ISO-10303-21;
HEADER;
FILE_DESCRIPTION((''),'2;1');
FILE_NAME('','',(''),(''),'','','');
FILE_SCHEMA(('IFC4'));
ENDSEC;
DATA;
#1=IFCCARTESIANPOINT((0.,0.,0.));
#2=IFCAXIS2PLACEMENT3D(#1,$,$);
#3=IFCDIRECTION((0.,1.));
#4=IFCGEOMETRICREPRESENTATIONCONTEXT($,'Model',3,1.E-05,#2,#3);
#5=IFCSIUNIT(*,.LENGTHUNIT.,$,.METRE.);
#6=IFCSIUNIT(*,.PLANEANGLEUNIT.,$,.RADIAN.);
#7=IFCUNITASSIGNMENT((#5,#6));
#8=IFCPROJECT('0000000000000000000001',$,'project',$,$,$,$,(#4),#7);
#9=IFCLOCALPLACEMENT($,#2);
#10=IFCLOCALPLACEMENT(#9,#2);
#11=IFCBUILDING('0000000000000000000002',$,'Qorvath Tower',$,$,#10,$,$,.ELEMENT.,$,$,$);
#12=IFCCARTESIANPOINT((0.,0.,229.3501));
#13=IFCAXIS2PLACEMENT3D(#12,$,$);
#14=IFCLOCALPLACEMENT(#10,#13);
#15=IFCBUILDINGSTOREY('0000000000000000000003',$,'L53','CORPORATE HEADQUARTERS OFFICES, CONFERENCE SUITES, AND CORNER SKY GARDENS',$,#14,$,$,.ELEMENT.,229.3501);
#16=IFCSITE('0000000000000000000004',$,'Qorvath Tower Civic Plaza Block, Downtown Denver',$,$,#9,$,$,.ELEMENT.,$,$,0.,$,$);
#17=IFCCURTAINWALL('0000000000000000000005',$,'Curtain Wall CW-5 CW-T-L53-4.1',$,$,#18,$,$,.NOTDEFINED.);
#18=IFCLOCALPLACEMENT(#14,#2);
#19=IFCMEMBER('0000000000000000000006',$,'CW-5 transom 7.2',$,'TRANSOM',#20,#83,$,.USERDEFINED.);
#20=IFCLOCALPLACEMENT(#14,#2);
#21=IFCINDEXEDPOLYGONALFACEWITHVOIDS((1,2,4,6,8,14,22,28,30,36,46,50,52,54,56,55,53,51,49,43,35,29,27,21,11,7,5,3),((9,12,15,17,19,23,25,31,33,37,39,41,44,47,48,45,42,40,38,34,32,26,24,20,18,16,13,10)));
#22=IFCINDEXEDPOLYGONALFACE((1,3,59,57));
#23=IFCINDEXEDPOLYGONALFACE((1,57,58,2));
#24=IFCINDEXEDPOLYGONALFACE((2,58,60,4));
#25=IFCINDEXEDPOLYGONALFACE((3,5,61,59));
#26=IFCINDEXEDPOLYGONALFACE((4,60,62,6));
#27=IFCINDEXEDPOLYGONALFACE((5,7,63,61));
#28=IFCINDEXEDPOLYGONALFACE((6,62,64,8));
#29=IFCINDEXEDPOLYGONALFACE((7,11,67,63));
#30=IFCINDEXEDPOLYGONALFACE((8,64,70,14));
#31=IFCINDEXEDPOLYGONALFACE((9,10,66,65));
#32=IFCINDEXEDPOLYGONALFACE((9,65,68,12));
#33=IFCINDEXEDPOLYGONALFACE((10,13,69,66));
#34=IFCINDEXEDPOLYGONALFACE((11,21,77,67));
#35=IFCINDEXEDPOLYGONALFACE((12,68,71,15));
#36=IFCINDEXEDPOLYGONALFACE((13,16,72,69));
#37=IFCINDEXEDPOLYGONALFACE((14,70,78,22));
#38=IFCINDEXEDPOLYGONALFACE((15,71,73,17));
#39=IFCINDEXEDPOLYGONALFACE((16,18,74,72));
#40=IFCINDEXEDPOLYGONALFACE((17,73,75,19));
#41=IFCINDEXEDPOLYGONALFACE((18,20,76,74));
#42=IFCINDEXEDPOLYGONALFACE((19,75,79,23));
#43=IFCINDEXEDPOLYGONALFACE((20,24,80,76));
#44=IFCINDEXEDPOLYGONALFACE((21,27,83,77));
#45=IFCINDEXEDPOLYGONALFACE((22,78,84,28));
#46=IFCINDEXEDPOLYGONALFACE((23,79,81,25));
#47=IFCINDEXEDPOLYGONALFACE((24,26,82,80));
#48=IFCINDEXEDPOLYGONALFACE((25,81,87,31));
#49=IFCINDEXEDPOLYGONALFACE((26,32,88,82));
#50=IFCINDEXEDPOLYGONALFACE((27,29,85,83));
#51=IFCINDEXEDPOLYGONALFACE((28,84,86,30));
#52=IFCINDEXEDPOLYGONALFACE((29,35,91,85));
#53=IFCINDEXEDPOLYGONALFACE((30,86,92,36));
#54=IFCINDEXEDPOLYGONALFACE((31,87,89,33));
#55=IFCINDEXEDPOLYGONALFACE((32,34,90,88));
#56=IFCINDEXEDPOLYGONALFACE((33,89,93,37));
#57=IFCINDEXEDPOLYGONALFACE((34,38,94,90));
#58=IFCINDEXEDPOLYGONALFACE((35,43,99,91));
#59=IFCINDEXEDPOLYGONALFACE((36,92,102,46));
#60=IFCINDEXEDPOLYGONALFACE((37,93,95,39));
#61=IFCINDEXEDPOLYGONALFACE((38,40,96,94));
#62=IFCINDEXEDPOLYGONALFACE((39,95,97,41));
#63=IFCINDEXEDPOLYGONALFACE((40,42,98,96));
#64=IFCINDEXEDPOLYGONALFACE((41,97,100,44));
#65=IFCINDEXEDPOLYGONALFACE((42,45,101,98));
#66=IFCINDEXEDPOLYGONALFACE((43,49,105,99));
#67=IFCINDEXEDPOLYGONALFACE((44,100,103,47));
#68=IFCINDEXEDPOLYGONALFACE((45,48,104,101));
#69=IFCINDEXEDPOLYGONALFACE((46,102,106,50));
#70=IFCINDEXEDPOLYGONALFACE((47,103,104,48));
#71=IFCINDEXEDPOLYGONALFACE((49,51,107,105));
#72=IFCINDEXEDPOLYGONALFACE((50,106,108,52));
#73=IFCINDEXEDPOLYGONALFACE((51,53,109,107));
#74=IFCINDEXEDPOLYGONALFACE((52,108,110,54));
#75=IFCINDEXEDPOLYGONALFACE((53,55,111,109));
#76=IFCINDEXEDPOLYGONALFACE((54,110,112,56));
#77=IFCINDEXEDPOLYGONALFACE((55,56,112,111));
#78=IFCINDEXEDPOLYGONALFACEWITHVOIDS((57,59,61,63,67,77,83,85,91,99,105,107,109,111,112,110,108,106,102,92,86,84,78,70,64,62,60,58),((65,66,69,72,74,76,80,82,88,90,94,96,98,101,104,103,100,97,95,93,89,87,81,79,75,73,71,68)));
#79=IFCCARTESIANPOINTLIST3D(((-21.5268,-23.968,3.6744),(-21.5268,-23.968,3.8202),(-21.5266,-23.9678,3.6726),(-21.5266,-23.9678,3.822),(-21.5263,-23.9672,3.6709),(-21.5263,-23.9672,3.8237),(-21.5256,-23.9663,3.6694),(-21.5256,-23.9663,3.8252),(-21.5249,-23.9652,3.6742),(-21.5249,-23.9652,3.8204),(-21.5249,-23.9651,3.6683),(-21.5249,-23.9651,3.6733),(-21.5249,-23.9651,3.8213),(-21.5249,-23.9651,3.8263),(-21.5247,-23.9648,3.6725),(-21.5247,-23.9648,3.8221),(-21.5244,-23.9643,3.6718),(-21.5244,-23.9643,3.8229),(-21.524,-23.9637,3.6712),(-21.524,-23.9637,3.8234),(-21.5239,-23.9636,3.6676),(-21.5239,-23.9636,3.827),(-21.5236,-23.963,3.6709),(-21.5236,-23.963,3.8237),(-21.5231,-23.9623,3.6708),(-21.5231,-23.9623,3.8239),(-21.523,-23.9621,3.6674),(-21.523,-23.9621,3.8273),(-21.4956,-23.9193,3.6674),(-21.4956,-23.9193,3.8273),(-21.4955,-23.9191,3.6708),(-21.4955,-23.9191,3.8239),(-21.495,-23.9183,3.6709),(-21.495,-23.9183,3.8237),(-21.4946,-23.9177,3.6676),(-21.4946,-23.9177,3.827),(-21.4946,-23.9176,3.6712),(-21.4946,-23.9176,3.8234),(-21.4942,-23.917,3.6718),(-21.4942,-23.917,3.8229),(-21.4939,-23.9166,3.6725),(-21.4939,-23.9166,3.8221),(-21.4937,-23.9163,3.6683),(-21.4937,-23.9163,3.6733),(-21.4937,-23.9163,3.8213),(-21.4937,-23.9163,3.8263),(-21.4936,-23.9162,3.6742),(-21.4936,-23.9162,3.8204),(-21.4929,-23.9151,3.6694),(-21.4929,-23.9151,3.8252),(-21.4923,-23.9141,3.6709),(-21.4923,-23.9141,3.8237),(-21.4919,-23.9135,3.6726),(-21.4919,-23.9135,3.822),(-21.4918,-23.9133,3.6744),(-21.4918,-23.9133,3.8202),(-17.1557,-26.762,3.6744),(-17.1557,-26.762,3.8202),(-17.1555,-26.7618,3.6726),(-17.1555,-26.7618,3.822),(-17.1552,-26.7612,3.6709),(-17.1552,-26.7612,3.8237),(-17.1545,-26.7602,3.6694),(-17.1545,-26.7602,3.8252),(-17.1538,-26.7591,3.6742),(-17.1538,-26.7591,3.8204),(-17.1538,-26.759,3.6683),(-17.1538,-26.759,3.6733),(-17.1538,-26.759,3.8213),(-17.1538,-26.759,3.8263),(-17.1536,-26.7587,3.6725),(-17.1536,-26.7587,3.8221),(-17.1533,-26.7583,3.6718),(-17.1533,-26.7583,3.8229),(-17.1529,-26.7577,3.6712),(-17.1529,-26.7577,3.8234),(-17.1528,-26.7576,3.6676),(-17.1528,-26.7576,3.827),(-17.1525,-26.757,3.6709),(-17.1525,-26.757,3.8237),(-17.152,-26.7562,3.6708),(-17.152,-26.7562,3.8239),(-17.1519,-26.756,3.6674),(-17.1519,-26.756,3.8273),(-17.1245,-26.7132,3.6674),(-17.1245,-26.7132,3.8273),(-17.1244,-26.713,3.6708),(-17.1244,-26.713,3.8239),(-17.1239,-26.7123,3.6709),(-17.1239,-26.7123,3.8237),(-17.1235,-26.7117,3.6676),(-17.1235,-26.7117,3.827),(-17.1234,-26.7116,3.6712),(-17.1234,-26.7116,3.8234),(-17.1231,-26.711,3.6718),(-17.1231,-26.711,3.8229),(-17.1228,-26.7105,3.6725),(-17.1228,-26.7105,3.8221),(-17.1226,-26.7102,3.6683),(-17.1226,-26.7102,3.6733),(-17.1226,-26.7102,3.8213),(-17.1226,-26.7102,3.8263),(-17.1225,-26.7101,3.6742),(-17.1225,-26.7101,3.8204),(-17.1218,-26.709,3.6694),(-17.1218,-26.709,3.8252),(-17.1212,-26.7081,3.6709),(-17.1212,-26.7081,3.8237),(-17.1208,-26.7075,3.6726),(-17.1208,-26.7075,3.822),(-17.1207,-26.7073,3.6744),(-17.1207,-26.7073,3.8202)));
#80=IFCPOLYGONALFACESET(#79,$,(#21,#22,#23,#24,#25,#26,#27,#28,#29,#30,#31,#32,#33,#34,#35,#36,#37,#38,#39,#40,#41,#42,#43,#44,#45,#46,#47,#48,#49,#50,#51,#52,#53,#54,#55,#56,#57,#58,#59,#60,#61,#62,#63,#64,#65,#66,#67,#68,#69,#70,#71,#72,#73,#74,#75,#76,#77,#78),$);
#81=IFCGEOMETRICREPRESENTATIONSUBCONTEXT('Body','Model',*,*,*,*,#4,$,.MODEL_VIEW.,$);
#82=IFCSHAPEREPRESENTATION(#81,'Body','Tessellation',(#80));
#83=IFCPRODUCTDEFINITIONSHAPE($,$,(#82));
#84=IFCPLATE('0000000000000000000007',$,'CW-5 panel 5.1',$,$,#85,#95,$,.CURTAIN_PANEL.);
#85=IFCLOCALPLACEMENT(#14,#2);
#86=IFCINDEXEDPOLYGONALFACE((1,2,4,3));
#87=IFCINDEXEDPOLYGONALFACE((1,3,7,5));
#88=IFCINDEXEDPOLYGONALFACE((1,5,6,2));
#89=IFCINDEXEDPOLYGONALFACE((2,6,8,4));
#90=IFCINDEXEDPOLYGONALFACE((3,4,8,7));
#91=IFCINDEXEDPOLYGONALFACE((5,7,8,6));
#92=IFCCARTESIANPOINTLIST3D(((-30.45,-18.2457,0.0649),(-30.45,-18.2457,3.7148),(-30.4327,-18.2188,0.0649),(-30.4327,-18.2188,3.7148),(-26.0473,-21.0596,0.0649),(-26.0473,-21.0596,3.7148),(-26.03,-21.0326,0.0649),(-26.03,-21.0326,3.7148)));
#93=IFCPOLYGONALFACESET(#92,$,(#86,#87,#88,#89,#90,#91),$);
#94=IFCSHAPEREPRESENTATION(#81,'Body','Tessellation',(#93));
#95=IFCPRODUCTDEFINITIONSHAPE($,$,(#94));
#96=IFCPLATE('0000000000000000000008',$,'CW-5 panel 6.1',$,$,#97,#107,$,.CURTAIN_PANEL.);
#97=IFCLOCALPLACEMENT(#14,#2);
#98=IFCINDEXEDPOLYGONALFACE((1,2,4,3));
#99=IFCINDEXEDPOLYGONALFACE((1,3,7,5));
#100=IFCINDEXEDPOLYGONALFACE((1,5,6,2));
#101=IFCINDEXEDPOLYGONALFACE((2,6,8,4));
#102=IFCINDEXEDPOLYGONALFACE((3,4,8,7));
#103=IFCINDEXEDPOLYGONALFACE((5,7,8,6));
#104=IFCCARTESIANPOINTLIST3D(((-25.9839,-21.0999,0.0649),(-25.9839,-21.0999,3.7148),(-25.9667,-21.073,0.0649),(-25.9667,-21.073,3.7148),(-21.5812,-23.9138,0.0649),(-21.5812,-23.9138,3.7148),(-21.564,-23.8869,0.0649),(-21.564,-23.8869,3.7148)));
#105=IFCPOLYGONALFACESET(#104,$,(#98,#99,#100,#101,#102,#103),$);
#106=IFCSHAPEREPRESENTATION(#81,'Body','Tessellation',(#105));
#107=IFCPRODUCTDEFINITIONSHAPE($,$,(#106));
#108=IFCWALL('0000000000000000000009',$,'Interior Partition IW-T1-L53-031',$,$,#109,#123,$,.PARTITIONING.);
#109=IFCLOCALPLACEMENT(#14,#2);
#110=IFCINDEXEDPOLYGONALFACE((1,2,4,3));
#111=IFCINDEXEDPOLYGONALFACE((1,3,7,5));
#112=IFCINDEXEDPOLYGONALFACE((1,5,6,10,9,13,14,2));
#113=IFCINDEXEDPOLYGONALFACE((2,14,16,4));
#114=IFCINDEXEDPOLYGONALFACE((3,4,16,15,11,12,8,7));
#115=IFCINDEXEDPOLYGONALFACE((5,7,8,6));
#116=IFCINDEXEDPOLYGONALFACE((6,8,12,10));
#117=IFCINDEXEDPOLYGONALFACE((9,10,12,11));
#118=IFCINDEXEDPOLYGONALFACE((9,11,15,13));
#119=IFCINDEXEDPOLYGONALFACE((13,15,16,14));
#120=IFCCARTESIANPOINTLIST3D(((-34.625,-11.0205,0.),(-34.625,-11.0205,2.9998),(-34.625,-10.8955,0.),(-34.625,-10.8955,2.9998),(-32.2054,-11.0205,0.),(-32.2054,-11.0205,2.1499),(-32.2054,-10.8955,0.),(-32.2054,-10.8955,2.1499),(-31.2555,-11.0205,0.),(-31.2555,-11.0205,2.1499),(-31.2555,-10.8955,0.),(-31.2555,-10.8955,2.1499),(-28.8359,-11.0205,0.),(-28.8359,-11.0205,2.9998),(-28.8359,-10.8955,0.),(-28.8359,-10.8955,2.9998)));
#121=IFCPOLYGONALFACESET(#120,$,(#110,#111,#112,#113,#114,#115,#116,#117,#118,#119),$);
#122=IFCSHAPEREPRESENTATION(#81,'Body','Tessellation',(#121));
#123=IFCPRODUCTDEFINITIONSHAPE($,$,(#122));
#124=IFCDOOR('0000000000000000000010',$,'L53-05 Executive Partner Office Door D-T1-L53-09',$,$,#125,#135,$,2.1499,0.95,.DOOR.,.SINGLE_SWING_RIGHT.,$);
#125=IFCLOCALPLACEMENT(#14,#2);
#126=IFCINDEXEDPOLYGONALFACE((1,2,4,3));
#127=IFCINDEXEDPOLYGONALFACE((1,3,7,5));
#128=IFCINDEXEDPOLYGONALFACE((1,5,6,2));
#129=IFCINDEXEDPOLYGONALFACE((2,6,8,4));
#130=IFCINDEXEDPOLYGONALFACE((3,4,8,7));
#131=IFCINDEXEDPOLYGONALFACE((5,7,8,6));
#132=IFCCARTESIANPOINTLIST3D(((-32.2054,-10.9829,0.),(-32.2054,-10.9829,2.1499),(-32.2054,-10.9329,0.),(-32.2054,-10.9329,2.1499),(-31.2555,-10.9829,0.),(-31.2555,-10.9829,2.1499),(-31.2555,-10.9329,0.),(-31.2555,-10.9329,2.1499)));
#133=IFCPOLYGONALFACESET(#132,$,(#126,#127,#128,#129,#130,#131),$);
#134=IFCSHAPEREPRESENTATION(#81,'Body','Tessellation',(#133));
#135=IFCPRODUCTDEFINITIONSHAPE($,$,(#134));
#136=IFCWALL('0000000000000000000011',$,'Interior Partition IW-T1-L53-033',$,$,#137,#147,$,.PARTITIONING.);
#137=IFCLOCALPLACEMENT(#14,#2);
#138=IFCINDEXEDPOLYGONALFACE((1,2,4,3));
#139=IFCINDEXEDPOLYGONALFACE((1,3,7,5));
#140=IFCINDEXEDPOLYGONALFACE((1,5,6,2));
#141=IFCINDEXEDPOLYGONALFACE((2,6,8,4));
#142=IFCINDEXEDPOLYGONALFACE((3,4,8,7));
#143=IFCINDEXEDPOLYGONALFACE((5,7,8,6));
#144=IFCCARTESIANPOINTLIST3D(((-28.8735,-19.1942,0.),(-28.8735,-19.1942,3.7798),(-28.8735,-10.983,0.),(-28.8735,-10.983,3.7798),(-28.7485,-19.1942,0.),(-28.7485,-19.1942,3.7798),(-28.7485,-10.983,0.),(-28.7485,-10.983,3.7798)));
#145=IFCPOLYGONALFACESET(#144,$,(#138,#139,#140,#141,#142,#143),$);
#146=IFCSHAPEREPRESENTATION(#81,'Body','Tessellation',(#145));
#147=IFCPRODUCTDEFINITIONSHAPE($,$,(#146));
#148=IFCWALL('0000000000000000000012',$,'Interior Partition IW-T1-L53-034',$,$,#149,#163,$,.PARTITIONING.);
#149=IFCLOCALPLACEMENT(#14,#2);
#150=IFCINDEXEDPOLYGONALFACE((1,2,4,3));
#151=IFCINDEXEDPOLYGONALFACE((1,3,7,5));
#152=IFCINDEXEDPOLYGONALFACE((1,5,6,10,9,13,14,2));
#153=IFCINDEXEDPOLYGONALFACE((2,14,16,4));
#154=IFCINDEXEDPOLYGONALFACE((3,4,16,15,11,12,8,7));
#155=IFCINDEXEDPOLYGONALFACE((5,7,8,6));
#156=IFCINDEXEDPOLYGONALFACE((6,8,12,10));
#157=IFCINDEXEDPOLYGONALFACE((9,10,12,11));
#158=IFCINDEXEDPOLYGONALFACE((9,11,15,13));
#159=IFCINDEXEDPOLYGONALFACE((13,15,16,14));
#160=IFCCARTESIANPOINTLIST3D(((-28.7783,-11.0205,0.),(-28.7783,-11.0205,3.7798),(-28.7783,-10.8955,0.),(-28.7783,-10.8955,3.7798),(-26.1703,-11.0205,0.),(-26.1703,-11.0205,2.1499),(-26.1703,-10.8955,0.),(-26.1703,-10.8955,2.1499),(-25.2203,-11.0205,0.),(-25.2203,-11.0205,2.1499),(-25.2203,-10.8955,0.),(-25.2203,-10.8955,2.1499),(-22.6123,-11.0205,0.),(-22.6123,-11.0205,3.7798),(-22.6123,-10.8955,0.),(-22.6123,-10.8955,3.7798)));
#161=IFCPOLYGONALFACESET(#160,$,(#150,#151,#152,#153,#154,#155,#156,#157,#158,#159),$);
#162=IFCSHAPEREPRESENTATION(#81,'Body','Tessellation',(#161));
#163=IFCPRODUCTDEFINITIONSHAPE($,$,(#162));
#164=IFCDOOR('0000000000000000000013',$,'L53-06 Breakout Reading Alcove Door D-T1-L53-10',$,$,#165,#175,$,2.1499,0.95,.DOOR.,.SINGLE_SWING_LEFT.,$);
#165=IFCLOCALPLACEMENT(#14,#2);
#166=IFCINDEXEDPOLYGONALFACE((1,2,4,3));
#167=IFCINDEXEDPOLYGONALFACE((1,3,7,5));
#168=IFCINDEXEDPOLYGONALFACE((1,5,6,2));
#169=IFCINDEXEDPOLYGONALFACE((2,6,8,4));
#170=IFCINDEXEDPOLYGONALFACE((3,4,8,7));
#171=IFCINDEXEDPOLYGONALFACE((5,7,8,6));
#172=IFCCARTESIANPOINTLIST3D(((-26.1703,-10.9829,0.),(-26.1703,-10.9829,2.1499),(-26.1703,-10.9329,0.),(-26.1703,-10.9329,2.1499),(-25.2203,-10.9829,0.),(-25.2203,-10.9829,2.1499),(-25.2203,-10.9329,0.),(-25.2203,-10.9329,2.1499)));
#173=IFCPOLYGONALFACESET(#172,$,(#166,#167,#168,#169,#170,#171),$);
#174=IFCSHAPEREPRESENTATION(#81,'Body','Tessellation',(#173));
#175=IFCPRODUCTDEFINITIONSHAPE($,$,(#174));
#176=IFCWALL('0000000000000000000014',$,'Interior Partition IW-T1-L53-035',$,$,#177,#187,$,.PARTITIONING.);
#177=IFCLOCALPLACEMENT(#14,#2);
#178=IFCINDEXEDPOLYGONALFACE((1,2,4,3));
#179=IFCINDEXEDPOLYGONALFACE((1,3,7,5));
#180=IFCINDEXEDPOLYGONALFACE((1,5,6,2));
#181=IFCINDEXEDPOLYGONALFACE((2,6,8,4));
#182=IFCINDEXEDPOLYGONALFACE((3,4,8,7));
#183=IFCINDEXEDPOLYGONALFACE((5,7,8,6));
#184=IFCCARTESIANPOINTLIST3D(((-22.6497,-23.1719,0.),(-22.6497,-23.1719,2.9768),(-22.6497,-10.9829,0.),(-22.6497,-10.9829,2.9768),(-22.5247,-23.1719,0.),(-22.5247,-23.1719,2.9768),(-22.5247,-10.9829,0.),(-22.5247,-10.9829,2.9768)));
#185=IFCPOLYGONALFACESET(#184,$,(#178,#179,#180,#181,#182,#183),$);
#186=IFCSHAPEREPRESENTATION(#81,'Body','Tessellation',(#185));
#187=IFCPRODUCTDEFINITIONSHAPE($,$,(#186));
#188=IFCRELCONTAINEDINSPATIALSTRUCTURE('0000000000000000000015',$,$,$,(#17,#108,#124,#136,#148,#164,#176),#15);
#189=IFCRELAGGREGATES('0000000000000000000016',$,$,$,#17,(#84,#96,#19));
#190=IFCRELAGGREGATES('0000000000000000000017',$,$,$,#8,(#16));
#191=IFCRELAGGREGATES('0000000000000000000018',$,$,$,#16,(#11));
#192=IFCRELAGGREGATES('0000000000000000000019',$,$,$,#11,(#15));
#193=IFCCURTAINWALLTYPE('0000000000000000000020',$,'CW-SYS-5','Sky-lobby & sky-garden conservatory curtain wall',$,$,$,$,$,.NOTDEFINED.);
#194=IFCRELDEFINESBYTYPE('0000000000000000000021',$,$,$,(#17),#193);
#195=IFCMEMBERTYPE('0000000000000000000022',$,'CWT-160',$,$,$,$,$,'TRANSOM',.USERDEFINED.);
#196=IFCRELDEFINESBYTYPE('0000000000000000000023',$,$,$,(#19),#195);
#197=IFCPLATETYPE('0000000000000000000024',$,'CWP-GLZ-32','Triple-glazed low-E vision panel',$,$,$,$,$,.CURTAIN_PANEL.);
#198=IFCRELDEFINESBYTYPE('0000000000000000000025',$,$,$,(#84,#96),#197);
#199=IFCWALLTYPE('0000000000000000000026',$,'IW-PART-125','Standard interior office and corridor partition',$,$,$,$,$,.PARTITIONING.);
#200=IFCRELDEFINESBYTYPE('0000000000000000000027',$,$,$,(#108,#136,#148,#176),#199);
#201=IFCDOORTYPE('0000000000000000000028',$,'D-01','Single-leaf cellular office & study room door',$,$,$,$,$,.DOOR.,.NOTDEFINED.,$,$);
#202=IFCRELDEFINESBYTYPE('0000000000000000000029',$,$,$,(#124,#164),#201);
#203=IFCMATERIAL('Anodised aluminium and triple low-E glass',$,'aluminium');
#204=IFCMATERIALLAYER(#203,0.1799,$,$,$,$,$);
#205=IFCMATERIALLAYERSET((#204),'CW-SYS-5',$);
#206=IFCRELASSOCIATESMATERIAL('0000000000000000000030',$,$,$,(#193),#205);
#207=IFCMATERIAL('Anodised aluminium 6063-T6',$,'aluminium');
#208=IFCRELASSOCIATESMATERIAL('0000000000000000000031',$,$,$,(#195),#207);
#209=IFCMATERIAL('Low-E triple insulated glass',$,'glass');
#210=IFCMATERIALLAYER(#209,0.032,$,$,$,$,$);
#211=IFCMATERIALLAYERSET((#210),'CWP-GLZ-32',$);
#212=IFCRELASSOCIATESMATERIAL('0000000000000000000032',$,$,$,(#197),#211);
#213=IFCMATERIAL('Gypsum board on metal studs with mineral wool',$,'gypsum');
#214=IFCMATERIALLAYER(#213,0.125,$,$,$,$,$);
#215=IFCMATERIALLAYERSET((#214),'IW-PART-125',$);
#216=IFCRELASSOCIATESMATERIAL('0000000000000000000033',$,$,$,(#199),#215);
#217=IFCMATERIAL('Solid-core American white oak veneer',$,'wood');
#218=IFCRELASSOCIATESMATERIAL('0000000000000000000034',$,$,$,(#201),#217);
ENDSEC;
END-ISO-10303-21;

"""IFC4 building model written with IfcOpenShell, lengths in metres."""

from ifc_helpers import new_model, si_unit, direction, frame, frame_2d, origin, origin_2d, place, context, subcontext, project, spatial, rectangle, hollow_rectangle, extrude, material, layer, layer_set, material_profile, profile_set, type_object, element, fill, aggregate, save


model = new_model("IFC4")

# Units and contexts
model_context = context("Model", 3, precision=1e-05, world=origin(), true_north=direction((0.0, 1.0)))
body_context = subcontext(model_context, "Body", "Model", "MODEL_VIEW")
ifc_project = project(units=[si_unit("LENGTHUNIT", "METRE"), si_unit("PLANEANGLEUNIT", "RADIAN")], contexts=[model_context])

# Site, building, storey
site_placement = place(None, origin())
site = spatial("IfcSite", under=ifc_project, at=site_placement, Name="Qorvath Tower Civic Plaza Block, Downtown Denver", CompositionType="ELEMENT", RefElevation=0.0)
building_placement = place(site_placement, origin())
building = spatial("IfcBuilding", under=site, at=building_placement, Name="Qorvath Tower", CompositionType="ELEMENT")
storey_placement = place(building_placement, frame((0.0, 0.0, 229.3501)))
storey = spatial("IfcBuildingStorey", under=building, at=storey_placement, Name="L53", Description="CORPORATE HEADQUARTERS OFFICES, CONFERENCE SUITES, AND CORNER SKY GARDENS", CompositionType="ELEMENT", Elevation=229.3501)

# Curtain wall, member, plates
ifc_material_1 = material(Name="Anodised aluminium and triple low-E glass", Category="aluminium")
ifc_layer_1 = layer(ifc_material_1, 0.1799)
ifc_layer_set_1 = layer_set([ifc_layer_1], Name="CW-SYS-5")
curtain_wall_type = type_object("IfcCurtainWallType", Name="CW-SYS-5", Description="Sky-lobby & sky-garden conservatory curtain wall", PredefinedType="NOTDEFINED", material=ifc_layer_set_1)
curtain_wall_placement = place(storey_placement, origin())
curtain_wall = element("IfcCurtainWall", 1, at=curtain_wall_placement, inside=storey, type_object=curtain_wall_type, Name="Curtain Wall CW-5 CW-T-L53-4.1", PredefinedType="NOTDEFINED")
ifc_material_2 = material(Name="Anodised aluminium 6063-T6", Category="aluminium")
ifc_material_profile_1 = material_profile(ifc_material_2, hollow_rectangle(XDim=0.0649, YDim=0.1599, WallThickness=0.0034, InnerFilletRadius=0.0034, OuterFilletRadius=0.0071, at=origin_2d()), Name="CWT 160x65")
ifc_profile_set_1 = profile_set([ifc_material_profile_1], Name="Anodised aluminium 6063-T6")
member_type_1 = type_object("IfcMemberType", Name="CWT-160", ElementType="TRANSOM", PredefinedType="USERDEFINED", material=ifc_profile_set_1)
member_1_placement = place(storey_placement, frame((-21.5093, -23.9407, 3.7473), z_axis=(0.842582, -0.538568, 0.0), x_axis=(0.538568, 0.842582, 0.0)))
member_1 = element("IfcMember", 2, at=member_1_placement, type_object=member_type_1, Name="CW-5 transom 7.2", ObjectType="TRANSOM", PredefinedType="USERDEFINED", context=body_context, shape_type="SweptSolid", body=[
    extrude(hollow_rectangle(XDim=0.0649, YDim=0.1599, WallThickness=0.0034, InnerFilletRadius=0.0034, OuterFilletRadius=0.0071, at=origin_2d()), origin(), (0.0, 0.0, 1.0), 5.1877),
])
ifc_material_3 = material(Name="Low-E triple insulated glass", Category="glass")
ifc_layer_2 = layer(ifc_material_3, 0.032)
ifc_layer_set_2 = layer_set([ifc_layer_2], Name="CWP-GLZ-32")
plate_type = type_object("IfcPlateType", Name="CWP-GLZ-32", Description="Triple-glazed low-E vision panel", PredefinedType="CURTAIN_PANEL", material=ifc_layer_set_2)
plate_1_placement = place(storey_placement, frame((-28.24, -19.6392, 0.0649), z_axis=(0.0, 0.0, 1.0), x_axis=(0.842607, -0.538529, 0.0)))
plate_1 = element("IfcPlate", 3, at=plate_1_placement, type_object=plate_type, Name="CW-5 panel 5.1", PredefinedType="CURTAIN_PANEL", context=body_context, shape_type="SweptSolid", body=[
    extrude(rectangle(XDim=5.2251, YDim=0.032, at=origin_2d()), origin(), (0.0, 0.0, 1.0), 3.6499),
])
plate_2_placement = place(storey_placement, frame((-23.7739, -22.4934, 0.0649), z_axis=(0.0, 0.0, 1.0), x_axis=(0.842607, -0.538529, 0.0)))
plate_2 = element("IfcPlate", 4, at=plate_2_placement, type_object=plate_type, Name="CW-5 panel 6.1", PredefinedType="CURTAIN_PANEL", context=body_context, shape_type="SweptSolid", body=[
    extrude(rectangle(XDim=5.2251, YDim=0.032, at=origin_2d()), origin(), (0.0, 0.0, 1.0), 3.6499),
])
aggregate(curtain_wall, [plate_1, plate_2, member_1])

# Wall, opening, door
ifc_material_4 = material(Name="Gypsum board on metal studs with mineral wool", Category="gypsum")
ifc_layer_3 = layer(ifc_material_4, 0.125)
ifc_layer_set_3 = layer_set([ifc_layer_3], Name="IW-PART-125")
wall_type = type_object("IfcWallType", Name="IW-PART-125", Description="Standard interior office and corridor partition", PredefinedType="PARTITIONING", material=ifc_layer_set_3)
wall_1_placement = place(storey_placement, frame((-28.8359, -10.958, 0.0), z_axis=(0.0, 0.0, 1.0), x_axis=(-1.0, 0.0, 0.0)))
wall_1 = element("IfcWall", 5, at=wall_1_placement, inside=storey, type_object=wall_type, Name="Interior Partition IW-T1-L53-031", PredefinedType="PARTITIONING", context=body_context, shape_type="SweptSolid", body=[
    extrude(rectangle(XDim=5.7891, YDim=0.125, at=frame_2d((2.8945, 0.0))), origin(), (0.0, 0.0, 1.0), 2.9998),
])
opening_1_placement = place(wall_1_placement, frame((2.4194, 0.0, 0.0)))
opening_1 = element("IfcOpeningElement", 6, at=opening_1_placement, cuts=wall_1, PredefinedType="OPENING", context=body_context, shape_type="SweptSolid", body=[
    extrude(rectangle(XDim=0.95, YDim=2.1499, at=frame_2d((0.4751, 1.075))), frame((0.0, 0.0725, 0.0), z_axis=(0.0, -1.0, 0.0), x_axis=(1.0, 0.0, 0.0)), (0.0, 0.0, 1.0), 0.145),
])
ifc_material_5 = material(Name="Solid-core American white oak veneer", Category="wood")
door_type = type_object("IfcDoorType", Name="D-01", Description="Single-leaf cellular office & study room door", OperationType="NOTDEFINED", PredefinedType="DOOR", material=ifc_material_5)
door_1_placement = place(opening_1_placement, origin())
door_1 = element("IfcDoor", 7, at=door_1_placement, inside=storey, type_object=door_type, Name="L53-05 Executive Partner Office Door D-T1-L53-09", OperationType="SINGLE_SWING_RIGHT", OverallHeight=2.1499, OverallWidth=0.95, PredefinedType="DOOR", context=body_context, shape_type="SweptSolid", body=[
    extrude(rectangle(XDim=0.95, YDim=2.1499, at=frame_2d((0.4751, 1.075))), frame((0.0, 0.0249, 0.0), z_axis=(0.0, -1.0, 0.0), x_axis=(1.0, 0.0, 0.0)), (0.0, 0.0, 1.0), 0.05),
])
fill(opening_1, door_1)

# Wall
wall_2_placement = place(storey_placement, frame((-28.811, -19.1941, 0.0), z_axis=(0.0, 0.0, 1.0), x_axis=(0.0, 1.0, 0.0)))
element("IfcWall", 8, at=wall_2_placement, inside=storey, type_object=wall_type, Name="Interior Partition IW-T1-L53-033", PredefinedType="PARTITIONING", context=body_context, shape_type="SweptSolid", body=[
    extrude(rectangle(XDim=8.2112, YDim=0.125, at=frame_2d((4.1055, 0.0))), origin(), (0.0, 0.0, 1.0), 3.7798),
])

# Wall, opening, door
wall_3_placement = place(storey_placement, frame((-22.6123, -10.958, 0.0), z_axis=(0.0, 0.0, 1.0), x_axis=(-1.0, 0.0, 0.0)))
wall_3 = element("IfcWall", 9, at=wall_3_placement, inside=storey, type_object=wall_type, Name="Interior Partition IW-T1-L53-034", PredefinedType="PARTITIONING", context=body_context, shape_type="SweptSolid", body=[
    extrude(rectangle(XDim=6.166, YDim=0.125, at=frame_2d((3.083, 0.0))), origin(), (0.0, 0.0, 1.0), 3.7798),
])
opening_2_placement = place(wall_3_placement, frame((2.6079, 0.0, 0.0)))
opening_2 = element("IfcOpeningElement", 10, at=opening_2_placement, cuts=wall_3, PredefinedType="OPENING", context=body_context, shape_type="SweptSolid", body=[
    extrude(rectangle(XDim=0.95, YDim=2.1499, at=frame_2d((0.4751, 1.075))), frame((0.0, 0.0725, 0.0), z_axis=(0.0, -1.0, 0.0), x_axis=(1.0, 0.0, 0.0)), (0.0, 0.0, 1.0), 0.145),
])
door_2_placement = place(opening_2_placement, origin())
door_2 = element("IfcDoor", 11, at=door_2_placement, inside=storey, type_object=door_type, Name="L53-06 Breakout Reading Alcove Door D-T1-L53-10", OperationType="SINGLE_SWING_LEFT", OverallHeight=2.1499, OverallWidth=0.95, PredefinedType="DOOR", context=body_context, shape_type="SweptSolid", body=[
    extrude(rectangle(XDim=0.95, YDim=2.1499, at=frame_2d((0.4751, 1.075))), frame((0.0, 0.0249, 0.0), z_axis=(0.0, -1.0, 0.0), x_axis=(1.0, 0.0, 0.0)), (0.0, 0.0, 1.0), 0.05),
])
fill(opening_2, door_2)

# Wall
wall_4_placement = place(storey_placement, frame((-22.5872, -23.1719, 0.0), z_axis=(0.0, 0.0, 1.0), x_axis=(0.0, 1.0, 0.0)))
element("IfcWall", 12, at=wall_4_placement, inside=storey, type_object=wall_type, Name="Interior Partition IW-T1-L53-035", PredefinedType="PARTITIONING", context=body_context, shape_type="SweptSolid", body=[
    extrude(rectangle(XDim=12.189, YDim=0.125, at=frame_2d((6.0945, 0.0))), origin(), (0.0, 0.0, 1.0), 2.9768),
])

save(model, "model.ifc")
